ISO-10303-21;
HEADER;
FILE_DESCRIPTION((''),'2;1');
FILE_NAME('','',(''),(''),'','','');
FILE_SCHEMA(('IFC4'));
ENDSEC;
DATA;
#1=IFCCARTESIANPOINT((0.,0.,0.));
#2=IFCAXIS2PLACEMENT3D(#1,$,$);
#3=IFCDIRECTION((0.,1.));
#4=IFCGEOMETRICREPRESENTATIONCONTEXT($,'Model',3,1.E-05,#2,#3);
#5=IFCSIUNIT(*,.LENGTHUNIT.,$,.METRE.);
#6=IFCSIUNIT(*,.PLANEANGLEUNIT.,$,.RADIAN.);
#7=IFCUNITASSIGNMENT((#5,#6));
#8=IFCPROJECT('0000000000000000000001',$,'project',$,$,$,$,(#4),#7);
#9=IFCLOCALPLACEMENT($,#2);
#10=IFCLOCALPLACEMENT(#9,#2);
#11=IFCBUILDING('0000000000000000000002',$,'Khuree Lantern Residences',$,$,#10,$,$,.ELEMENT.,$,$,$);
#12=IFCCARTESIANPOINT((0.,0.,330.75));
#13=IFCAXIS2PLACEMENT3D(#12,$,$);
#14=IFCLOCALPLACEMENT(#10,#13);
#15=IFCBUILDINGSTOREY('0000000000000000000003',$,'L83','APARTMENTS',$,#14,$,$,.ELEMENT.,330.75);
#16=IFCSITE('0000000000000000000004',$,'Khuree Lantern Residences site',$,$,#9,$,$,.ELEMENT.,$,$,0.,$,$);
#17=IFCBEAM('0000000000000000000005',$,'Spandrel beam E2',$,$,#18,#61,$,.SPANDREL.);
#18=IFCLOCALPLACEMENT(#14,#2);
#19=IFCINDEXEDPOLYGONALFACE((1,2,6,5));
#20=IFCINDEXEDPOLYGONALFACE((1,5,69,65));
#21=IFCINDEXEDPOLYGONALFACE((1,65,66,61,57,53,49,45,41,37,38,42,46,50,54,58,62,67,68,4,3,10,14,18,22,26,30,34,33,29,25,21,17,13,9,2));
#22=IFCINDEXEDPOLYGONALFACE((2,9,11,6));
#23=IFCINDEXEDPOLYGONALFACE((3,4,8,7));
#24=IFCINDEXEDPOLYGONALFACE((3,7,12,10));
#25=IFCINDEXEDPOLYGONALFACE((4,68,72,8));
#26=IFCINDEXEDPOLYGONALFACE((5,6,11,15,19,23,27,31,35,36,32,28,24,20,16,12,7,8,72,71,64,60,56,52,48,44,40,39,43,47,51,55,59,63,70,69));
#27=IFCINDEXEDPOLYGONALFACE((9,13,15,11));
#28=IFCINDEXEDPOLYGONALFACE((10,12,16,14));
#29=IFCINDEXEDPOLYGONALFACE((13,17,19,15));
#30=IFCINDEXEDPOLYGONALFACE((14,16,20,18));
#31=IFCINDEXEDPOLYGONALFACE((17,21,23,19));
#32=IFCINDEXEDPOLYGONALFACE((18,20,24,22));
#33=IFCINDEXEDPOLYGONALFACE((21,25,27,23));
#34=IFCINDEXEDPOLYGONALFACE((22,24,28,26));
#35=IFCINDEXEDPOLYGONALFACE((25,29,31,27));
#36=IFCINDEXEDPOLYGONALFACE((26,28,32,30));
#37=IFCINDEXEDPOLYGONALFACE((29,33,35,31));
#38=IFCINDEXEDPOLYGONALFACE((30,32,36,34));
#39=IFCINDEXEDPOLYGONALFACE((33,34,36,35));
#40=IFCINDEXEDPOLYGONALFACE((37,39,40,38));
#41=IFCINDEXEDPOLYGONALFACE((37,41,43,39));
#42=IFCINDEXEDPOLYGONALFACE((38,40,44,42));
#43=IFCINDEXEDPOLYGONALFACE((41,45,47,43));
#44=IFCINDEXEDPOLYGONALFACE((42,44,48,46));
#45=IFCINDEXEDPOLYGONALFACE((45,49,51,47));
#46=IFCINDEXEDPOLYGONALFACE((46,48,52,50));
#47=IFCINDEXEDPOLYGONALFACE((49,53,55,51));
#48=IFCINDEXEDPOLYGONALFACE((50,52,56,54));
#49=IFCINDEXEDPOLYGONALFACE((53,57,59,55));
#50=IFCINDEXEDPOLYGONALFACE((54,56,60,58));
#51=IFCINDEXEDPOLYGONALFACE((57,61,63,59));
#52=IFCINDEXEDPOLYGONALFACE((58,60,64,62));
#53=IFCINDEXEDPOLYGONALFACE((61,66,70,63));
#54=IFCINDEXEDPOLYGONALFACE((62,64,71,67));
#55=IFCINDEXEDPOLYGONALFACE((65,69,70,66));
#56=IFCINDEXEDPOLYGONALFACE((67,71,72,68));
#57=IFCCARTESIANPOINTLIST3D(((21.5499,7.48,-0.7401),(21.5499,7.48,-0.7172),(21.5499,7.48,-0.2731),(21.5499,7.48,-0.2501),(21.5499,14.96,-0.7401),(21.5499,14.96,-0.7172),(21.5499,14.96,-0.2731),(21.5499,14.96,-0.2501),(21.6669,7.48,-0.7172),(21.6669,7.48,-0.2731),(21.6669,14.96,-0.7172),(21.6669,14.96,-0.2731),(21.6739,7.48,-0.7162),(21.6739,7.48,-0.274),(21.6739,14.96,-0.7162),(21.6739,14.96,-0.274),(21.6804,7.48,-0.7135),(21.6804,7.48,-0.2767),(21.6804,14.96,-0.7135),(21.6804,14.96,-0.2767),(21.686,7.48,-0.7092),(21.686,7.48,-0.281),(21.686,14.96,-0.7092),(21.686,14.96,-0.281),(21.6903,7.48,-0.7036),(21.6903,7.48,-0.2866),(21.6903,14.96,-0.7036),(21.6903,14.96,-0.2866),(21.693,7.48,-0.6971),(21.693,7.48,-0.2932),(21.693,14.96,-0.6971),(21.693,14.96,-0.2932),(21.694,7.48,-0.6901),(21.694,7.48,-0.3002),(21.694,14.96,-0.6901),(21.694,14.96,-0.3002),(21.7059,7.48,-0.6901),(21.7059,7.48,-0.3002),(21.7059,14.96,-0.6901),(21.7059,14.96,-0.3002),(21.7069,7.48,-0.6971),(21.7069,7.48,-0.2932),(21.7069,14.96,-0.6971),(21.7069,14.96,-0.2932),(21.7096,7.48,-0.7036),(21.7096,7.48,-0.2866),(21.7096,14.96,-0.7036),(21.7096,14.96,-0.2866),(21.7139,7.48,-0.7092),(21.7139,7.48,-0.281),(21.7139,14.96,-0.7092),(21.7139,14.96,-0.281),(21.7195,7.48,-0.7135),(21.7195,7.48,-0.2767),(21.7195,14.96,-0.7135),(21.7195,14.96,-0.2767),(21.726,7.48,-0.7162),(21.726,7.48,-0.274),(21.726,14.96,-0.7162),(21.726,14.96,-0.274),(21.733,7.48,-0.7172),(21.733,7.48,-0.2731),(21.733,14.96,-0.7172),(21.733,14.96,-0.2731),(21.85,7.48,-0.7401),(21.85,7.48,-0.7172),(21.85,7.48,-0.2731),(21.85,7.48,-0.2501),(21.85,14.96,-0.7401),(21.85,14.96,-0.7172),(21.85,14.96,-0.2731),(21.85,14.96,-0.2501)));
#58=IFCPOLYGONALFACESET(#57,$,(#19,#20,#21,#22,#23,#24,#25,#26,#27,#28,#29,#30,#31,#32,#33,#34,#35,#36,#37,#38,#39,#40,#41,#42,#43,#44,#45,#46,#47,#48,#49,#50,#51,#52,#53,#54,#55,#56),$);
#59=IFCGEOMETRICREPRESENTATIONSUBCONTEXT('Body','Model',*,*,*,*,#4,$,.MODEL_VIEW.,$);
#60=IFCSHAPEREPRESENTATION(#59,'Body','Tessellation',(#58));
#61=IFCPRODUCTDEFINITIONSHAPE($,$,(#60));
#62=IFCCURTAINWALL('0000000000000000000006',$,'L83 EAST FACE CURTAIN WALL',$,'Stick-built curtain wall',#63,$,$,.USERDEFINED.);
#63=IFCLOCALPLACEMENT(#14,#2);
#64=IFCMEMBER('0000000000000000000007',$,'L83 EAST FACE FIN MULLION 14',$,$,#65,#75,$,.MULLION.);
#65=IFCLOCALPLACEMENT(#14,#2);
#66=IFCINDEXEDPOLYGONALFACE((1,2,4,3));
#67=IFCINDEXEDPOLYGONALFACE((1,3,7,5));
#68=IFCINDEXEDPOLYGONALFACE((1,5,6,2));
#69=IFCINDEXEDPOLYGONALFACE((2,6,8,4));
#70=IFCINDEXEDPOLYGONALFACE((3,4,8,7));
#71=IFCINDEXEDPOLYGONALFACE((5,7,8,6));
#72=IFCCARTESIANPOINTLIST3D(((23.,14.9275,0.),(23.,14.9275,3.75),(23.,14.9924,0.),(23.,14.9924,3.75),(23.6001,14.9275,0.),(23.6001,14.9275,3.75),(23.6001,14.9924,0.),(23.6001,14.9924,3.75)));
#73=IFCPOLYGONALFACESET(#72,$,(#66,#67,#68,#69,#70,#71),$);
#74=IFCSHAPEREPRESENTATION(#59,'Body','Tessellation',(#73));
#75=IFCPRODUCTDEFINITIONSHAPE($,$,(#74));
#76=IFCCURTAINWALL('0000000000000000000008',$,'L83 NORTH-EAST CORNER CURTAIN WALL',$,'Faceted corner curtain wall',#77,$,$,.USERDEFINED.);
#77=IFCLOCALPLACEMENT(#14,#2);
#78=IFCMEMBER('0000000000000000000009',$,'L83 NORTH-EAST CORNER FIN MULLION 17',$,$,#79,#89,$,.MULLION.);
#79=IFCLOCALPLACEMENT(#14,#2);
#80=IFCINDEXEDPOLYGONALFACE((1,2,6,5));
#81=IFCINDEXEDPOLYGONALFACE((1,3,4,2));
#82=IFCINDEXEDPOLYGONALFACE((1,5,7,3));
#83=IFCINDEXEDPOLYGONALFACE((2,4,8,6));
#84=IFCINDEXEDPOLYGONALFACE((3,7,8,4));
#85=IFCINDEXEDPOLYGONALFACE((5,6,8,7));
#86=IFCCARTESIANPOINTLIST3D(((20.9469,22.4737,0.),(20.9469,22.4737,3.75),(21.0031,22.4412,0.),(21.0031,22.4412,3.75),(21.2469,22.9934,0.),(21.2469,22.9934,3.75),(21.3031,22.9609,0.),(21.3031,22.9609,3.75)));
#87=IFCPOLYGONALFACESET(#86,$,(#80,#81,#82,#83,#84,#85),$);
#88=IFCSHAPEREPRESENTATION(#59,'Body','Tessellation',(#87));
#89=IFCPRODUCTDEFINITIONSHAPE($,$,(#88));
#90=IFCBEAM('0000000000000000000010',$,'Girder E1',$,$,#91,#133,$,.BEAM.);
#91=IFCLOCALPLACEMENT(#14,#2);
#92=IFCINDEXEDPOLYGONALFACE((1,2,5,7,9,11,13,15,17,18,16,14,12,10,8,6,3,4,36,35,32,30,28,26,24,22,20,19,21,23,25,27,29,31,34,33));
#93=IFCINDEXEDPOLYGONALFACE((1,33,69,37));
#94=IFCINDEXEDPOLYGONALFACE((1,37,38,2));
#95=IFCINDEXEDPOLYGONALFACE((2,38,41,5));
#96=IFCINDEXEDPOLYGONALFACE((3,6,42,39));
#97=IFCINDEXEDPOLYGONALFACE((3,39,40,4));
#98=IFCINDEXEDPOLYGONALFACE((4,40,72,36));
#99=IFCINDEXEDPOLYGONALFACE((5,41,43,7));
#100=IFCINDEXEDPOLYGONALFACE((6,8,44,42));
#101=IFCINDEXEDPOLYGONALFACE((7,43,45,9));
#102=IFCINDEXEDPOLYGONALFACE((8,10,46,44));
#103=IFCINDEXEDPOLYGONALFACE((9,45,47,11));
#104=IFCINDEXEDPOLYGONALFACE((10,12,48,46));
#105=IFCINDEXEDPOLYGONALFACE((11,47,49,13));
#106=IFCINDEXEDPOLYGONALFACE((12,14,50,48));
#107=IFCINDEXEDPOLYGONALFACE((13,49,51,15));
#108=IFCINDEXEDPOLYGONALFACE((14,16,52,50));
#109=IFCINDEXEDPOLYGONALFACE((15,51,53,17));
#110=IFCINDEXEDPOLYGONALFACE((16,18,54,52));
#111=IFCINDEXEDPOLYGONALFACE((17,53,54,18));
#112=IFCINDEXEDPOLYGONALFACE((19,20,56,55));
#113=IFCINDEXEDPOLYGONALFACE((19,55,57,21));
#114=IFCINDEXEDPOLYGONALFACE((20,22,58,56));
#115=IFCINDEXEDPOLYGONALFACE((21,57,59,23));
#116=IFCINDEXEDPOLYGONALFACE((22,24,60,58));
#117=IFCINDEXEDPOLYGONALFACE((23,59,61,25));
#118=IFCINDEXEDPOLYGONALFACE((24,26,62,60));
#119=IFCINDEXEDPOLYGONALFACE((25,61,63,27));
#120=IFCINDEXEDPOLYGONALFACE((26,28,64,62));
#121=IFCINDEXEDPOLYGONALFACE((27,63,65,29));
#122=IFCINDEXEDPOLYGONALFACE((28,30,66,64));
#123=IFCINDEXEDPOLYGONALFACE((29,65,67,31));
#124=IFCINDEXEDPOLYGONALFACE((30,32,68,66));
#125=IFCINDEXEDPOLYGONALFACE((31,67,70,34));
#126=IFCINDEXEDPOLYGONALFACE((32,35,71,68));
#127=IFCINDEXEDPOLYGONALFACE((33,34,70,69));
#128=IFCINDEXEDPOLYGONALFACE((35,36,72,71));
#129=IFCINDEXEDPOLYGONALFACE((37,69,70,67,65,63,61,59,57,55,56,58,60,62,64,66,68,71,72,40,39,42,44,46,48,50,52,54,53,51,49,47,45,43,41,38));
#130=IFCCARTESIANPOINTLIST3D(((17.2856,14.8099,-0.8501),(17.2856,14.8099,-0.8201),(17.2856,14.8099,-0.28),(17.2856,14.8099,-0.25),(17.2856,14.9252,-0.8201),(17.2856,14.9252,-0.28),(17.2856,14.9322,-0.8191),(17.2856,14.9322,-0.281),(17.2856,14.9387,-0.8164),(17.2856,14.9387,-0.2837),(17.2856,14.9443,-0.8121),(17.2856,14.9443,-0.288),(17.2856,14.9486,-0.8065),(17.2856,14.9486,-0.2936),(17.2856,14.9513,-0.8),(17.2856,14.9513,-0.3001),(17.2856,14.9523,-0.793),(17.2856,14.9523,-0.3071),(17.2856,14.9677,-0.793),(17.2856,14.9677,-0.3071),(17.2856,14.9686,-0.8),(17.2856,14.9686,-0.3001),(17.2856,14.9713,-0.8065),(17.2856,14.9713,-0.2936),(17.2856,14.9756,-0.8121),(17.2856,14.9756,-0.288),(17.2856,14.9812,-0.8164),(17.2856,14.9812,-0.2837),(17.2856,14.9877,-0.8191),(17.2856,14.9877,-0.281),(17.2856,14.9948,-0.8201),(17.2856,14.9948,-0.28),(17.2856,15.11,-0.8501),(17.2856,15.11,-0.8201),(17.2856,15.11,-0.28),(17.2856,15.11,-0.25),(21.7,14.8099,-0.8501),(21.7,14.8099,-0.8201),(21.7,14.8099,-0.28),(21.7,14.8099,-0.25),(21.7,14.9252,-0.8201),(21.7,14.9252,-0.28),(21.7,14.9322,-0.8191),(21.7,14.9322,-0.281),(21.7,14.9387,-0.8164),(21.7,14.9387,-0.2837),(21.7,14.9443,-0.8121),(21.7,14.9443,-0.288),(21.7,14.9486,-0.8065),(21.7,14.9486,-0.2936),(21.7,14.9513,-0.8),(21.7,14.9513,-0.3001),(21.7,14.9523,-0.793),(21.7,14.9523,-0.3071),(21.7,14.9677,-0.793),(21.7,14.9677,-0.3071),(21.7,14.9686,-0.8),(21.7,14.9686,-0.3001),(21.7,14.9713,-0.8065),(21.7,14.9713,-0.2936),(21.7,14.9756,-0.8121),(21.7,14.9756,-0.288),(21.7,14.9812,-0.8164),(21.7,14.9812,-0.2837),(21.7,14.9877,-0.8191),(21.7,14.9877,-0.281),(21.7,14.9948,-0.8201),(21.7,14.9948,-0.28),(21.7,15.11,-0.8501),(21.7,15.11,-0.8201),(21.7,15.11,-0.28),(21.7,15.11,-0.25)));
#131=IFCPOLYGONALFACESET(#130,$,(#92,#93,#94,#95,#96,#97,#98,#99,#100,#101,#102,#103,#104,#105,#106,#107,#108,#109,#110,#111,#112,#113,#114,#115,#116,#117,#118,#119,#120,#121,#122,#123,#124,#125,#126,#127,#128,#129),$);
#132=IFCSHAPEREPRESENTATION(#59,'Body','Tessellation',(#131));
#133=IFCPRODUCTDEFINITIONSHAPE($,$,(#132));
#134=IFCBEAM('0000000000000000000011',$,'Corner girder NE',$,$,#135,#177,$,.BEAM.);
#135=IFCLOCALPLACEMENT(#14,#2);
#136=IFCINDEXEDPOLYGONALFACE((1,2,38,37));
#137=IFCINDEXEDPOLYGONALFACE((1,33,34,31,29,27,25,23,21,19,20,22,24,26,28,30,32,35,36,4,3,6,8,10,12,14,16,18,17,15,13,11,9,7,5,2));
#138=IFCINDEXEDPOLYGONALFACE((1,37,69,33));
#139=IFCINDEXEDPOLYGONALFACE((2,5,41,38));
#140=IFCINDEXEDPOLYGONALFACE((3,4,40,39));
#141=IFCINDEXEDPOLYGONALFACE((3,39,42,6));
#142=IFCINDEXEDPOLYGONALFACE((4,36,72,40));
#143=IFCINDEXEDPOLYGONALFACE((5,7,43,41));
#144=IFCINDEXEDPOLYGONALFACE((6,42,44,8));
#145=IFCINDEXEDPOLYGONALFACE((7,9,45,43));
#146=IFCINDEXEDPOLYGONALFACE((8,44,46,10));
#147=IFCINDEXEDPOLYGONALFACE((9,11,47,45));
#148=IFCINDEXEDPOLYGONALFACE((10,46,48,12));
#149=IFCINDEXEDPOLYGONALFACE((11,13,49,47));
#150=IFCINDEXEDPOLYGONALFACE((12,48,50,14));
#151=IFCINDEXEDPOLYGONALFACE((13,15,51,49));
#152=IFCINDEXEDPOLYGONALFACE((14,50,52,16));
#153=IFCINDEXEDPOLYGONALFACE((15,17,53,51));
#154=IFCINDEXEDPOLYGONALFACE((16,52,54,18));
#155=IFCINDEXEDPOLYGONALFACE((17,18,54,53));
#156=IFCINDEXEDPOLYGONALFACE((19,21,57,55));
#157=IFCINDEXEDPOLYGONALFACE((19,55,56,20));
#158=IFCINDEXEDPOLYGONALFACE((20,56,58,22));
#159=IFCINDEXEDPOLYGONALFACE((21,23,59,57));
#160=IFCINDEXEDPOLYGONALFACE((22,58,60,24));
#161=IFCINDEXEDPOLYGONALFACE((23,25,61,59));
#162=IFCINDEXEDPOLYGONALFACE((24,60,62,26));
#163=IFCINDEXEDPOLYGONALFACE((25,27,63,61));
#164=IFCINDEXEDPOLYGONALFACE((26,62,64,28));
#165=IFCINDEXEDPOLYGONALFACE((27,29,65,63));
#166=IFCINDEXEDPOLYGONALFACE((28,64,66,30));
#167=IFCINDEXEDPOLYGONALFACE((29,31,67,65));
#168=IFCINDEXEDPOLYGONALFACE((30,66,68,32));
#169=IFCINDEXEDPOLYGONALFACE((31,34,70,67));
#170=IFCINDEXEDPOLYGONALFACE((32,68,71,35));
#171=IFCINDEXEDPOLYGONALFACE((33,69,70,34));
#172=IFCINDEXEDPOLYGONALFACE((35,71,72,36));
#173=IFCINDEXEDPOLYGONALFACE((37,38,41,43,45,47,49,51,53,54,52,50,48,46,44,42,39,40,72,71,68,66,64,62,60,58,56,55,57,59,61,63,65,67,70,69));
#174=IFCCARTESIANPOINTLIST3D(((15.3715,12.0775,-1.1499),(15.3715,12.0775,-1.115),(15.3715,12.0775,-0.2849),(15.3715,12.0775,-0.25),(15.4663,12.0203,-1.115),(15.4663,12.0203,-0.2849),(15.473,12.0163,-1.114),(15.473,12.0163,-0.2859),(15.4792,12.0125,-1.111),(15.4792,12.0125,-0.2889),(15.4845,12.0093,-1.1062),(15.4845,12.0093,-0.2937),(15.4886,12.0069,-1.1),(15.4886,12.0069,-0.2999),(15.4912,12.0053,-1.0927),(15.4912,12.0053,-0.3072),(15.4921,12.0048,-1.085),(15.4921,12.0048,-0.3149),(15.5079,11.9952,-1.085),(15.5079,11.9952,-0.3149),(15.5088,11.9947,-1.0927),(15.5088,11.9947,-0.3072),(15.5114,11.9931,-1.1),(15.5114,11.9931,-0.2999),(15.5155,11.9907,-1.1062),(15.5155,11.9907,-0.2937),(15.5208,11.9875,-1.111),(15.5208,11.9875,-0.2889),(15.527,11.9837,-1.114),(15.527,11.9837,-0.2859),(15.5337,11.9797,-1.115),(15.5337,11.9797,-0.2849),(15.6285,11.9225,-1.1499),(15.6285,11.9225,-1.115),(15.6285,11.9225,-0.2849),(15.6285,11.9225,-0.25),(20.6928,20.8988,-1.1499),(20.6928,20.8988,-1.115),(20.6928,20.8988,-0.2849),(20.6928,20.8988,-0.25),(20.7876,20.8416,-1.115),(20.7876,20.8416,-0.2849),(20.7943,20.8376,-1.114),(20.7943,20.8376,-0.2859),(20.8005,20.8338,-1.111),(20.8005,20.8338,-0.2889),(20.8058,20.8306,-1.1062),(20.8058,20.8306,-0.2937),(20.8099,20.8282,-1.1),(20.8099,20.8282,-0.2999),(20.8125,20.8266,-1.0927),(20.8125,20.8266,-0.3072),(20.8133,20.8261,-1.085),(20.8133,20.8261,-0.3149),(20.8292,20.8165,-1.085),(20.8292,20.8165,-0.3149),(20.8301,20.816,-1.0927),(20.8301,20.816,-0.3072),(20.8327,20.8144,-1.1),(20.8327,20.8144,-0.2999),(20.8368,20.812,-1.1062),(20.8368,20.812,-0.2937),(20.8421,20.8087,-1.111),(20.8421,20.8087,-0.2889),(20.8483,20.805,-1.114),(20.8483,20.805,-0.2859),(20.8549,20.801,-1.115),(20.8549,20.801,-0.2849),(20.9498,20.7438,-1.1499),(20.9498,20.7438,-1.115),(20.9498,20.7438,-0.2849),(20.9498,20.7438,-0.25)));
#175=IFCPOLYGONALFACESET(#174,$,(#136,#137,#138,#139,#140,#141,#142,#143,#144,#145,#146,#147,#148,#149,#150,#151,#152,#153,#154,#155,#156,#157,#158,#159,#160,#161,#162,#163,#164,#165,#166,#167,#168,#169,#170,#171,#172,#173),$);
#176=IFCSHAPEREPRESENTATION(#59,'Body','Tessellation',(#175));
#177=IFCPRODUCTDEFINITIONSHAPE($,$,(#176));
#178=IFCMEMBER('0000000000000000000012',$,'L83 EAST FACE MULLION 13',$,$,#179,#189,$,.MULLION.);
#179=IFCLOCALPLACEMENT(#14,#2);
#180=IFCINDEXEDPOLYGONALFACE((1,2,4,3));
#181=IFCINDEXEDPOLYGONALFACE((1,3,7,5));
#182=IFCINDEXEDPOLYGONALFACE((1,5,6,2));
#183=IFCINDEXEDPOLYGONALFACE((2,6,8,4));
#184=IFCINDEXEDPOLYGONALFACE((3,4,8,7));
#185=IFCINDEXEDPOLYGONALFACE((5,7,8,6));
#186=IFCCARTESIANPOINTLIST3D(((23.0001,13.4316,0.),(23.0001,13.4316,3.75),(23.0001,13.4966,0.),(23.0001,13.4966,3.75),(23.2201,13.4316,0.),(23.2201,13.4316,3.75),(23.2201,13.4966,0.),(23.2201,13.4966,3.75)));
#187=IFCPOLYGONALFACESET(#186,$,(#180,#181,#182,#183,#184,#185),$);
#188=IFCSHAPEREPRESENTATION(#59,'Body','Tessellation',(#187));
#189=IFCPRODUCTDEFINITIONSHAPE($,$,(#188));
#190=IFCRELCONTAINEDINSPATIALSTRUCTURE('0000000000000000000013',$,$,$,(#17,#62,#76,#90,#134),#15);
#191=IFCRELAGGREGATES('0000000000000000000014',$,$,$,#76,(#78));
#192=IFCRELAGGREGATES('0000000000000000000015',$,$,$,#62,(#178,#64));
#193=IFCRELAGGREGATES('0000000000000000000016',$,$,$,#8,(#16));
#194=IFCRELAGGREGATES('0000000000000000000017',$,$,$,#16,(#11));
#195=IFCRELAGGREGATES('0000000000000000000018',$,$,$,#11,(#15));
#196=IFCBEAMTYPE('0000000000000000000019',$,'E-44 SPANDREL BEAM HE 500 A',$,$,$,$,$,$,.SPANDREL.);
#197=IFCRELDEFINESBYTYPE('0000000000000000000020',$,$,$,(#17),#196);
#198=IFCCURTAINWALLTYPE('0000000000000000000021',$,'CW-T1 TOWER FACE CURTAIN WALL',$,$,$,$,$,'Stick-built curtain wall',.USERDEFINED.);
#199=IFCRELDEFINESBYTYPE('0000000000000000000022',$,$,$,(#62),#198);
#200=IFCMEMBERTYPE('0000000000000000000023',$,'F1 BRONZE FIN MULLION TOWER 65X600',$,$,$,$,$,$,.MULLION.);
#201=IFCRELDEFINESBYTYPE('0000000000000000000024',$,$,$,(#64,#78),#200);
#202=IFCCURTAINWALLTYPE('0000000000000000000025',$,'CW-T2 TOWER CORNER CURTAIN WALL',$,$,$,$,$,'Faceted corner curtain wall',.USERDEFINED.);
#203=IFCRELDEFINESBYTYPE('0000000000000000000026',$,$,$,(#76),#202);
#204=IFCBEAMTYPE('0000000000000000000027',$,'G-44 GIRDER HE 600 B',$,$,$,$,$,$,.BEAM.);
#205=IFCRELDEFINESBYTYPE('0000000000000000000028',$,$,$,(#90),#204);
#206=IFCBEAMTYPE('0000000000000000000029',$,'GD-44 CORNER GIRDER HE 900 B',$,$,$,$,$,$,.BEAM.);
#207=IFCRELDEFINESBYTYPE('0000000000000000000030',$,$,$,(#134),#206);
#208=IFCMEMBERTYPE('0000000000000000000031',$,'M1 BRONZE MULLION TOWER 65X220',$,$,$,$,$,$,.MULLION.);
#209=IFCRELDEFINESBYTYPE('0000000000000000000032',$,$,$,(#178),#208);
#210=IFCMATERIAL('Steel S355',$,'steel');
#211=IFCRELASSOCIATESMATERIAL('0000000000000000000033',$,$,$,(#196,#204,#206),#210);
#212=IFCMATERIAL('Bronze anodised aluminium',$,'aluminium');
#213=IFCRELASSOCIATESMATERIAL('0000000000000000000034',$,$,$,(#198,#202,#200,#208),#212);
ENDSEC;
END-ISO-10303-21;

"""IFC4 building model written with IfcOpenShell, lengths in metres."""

from ifc_helpers import new_model, si_unit, direction, frame, origin, origin_2d, place, context, subcontext, project, spatial, rectangle, i_section, extrude, material, material_profile, profile_set, type_object, element, aggregate, save


model = new_model("IFC4")

# Units and contexts
model_context = context("Model", 3, precision=1e-05, world=origin(), true_north=direction((0.0, 1.0)))
body_context = subcontext(model_context, "Body", "Model", "MODEL_VIEW")
ifc_project = project(units=[si_unit("LENGTHUNIT", "METRE"), si_unit("PLANEANGLEUNIT", "RADIAN")], contexts=[model_context])

# Site, building, storey
site_placement = place(None, origin())
site = spatial("IfcSite", under=ifc_project, at=site_placement, Name="Khuree Lantern Residences site", CompositionType="ELEMENT", RefElevation=0.0)
building_placement = place(site_placement, origin())
building = spatial("IfcBuilding", under=site, at=building_placement, Name="Khuree Lantern Residences", CompositionType="ELEMENT")
storey_placement = place(building_placement, frame((0.0, 0.0, 330.75)))
storey = spatial("IfcBuildingStorey", under=building, at=storey_placement, Name="L83", Description="APARTMENTS", CompositionType="ELEMENT", Elevation=330.75)

# Beam
ifc_material_1 = material(Name="Steel S355", Category="steel")
ifc_material_profile_1 = material_profile(ifc_material_1, i_section(OverallWidth=0.3, OverallDepth=0.49, WebThickness=0.012, FlangeThickness=0.0229, FilletRadius=0.0271, at=origin_2d()), Name="HE 500 A")
ifc_profile_set_1 = profile_set([ifc_material_profile_1], Name="Steel S355")
beam_type_1 = type_object("IfcBeamType", Name="E-44 SPANDREL BEAM HE 500 A", PredefinedType="SPANDREL", material=ifc_profile_set_1)
beam_1_placement = place(storey_placement, frame((21.7, 14.96, -0.4951), z_axis=(0.0, -1.0, 0.0), x_axis=(1.0, 0.0, 0.0)))
element("IfcBeam", 1, at=beam_1_placement, inside=storey, type_object=beam_type_1, Name="Spandrel beam E2", PredefinedType="SPANDREL", context=body_context, shape_type="SweptSolid", body=[
    extrude(i_section(OverallWidth=0.3, OverallDepth=0.49, WebThickness=0.012, FlangeThickness=0.0229, FilletRadius=0.0271, at=origin_2d()), origin(), (0.0, 0.0, 1.0), 7.48),
])

# Curtain walls, members
ifc_material_2 = material(Name="Bronze anodised aluminium", Category="aluminium")
curtain_wall_type_1 = type_object("IfcCurtainWallType", Name="CW-T1 TOWER FACE CURTAIN WALL", ElementType="Stick-built curtain wall", PredefinedType="USERDEFINED", material=ifc_material_2)
curtain_wall_1_placement = place(storey_placement, origin())
curtain_wall_1 = element("IfcCurtainWall", 2, at=curtain_wall_1_placement, inside=storey, type_object=curtain_wall_type_1, Name="L83 EAST FACE CURTAIN WALL", ObjectType="Stick-built curtain wall", PredefinedType="USERDEFINED")
ifc_material_profile_2 = material_profile(ifc_material_2, rectangle(XDim=0.0649, YDim=0.6001, at=origin_2d()), Name="F1 65X600")
ifc_profile_set_2 = profile_set([ifc_material_profile_2], Name="Bronze anodised aluminium")
member_type_1 = type_object("IfcMemberType", Name="F1 BRONZE FIN MULLION TOWER 65X600", PredefinedType="MULLION", material=ifc_profile_set_2)
member_1_placement = place(storey_placement, frame((23.3, 14.96, 0.0), z_axis=(0.0, 0.0, 1.0), x_axis=(0.0, 1.0, 0.0)))
member_1 = element("IfcMember", 3, at=member_1_placement, type_object=member_type_1, Name="L83 EAST FACE FIN MULLION 14", PredefinedType="MULLION", context=body_context, shape_type="SweptSolid", body=[
    extrude(rectangle(XDim=0.0649, YDim=0.6001, at=origin_2d()), origin(), (0.0, 0.0, 1.0), 3.75),
])
curtain_wall_type_2 = type_object("IfcCurtainWallType", Name="CW-T2 TOWER CORNER CURTAIN WALL", ElementType="Faceted corner curtain wall", PredefinedType="USERDEFINED", material=ifc_material_2)
curtain_wall_2_placement = place(storey_placement, origin())
curtain_wall_2 = element("IfcCurtainWall", 4, at=curtain_wall_2_placement, inside=storey, type_object=curtain_wall_type_2, Name="L83 NORTH-EAST CORNER CURTAIN WALL", ObjectType="Faceted corner curtain wall", PredefinedType="USERDEFINED")
member_2_placement = place(storey_placement, frame((21.125, 22.7173, 0.0), z_axis=(0.0, 0.0, 1.0), x_axis=(-0.866025, 0.5, 0.0)))
member_2 = element("IfcMember", 5, at=member_2_placement, type_object=member_type_1, Name="L83 NORTH-EAST CORNER FIN MULLION 17", PredefinedType="MULLION", context=body_context, shape_type="SweptSolid", body=[
    extrude(rectangle(XDim=0.0649, YDim=0.6001, at=origin_2d()), origin(), (0.0, 0.0, 1.0), 3.75),
])

# Beams
ifc_material_profile_3 = material_profile(ifc_material_1, i_section(OverallWidth=0.3, OverallDepth=0.6001, WebThickness=0.0154, FlangeThickness=0.03, FilletRadius=0.0271, at=origin_2d()), Name="HE 600 B")
ifc_profile_set_3 = profile_set([ifc_material_profile_3], Name="Steel S355")
beam_type_2 = type_object("IfcBeamType", Name="G-44 GIRDER HE 600 B", PredefinedType="BEAM", material=ifc_profile_set_3)
beam_2_placement = place(storey_placement, frame((21.7, 14.96, -0.55), z_axis=(-1.0, 0.0, 0.0), x_axis=(0.0, -1.0, 0.0)))
element("IfcBeam", 6, at=beam_2_placement, inside=storey, type_object=beam_type_2, Name="Girder E1", PredefinedType="BEAM", context=body_context, shape_type="SweptSolid", body=[
    extrude(i_section(OverallWidth=0.3, OverallDepth=0.6001, WebThickness=0.0154, FlangeThickness=0.03, FilletRadius=0.0271, at=origin_2d()), origin(), (0.0, 0.0, 1.0), 4.4143),
])
ifc_material_profile_4 = material_profile(ifc_material_1, i_section(OverallWidth=0.3, OverallDepth=0.8999, WebThickness=0.0186, FlangeThickness=0.0349, FilletRadius=0.03, at=origin_2d()), Name="HE 900 B")
ifc_profile_set_4 = profile_set([ifc_material_profile_4], Name="Steel S355")
beam_type_3 = type_object("IfcBeamType", Name="GD-44 CORNER GIRDER HE 900 B", PredefinedType="BEAM", material=ifc_profile_set_4)
beam_3_placement = place(storey_placement, frame((20.8213, 20.8213, -0.7), z_axis=(-0.51653, -0.856269, 0.0), x_axis=(0.856269, -0.51653, 0.0)))
element("IfcBeam", 7, at=beam_3_placement, inside=storey, type_object=beam_type_3, Name="Corner girder NE", PredefinedType="BEAM", context=body_context, shape_type="SweptSolid", body=[
    extrude(i_section(OverallWidth=0.3, OverallDepth=0.8999, WebThickness=0.0186, FlangeThickness=0.0349, FilletRadius=0.03, at=origin_2d()), origin(), (0.0, 0.0, 1.0), 10.302),
])

# Member
ifc_material_profile_5 = material_profile(ifc_material_2, rectangle(XDim=0.0649, YDim=0.22, at=origin_2d()), Name="M1 65X220")
ifc_profile_set_5 = profile_set([ifc_material_profile_5], Name="Bronze anodised aluminium")
member_type_2 = type_object("IfcMemberType", Name="M1 BRONZE MULLION TOWER 65X220", PredefinedType="MULLION", material=ifc_profile_set_5)
member_3_placement = place(storey_placement, frame((23.1101, 13.4641, 0.0), z_axis=(0.0, 0.0, 1.0), x_axis=(0.0, 1.0, 0.0)))
member_3 = element("IfcMember", 8, at=member_3_placement, type_object=member_type_2, Name="L83 EAST FACE MULLION 13", PredefinedType="MULLION", context=body_context, shape_type="SweptSolid", body=[
    extrude(rectangle(XDim=0.0649, YDim=0.22, at=origin_2d()), origin(), (0.0, 0.0, 1.0), 3.75),
])

aggregate(curtain_wall_2, [member_2])
aggregate(curtain_wall_1, [member_3, member_1])

save(model, "model.ifc")
